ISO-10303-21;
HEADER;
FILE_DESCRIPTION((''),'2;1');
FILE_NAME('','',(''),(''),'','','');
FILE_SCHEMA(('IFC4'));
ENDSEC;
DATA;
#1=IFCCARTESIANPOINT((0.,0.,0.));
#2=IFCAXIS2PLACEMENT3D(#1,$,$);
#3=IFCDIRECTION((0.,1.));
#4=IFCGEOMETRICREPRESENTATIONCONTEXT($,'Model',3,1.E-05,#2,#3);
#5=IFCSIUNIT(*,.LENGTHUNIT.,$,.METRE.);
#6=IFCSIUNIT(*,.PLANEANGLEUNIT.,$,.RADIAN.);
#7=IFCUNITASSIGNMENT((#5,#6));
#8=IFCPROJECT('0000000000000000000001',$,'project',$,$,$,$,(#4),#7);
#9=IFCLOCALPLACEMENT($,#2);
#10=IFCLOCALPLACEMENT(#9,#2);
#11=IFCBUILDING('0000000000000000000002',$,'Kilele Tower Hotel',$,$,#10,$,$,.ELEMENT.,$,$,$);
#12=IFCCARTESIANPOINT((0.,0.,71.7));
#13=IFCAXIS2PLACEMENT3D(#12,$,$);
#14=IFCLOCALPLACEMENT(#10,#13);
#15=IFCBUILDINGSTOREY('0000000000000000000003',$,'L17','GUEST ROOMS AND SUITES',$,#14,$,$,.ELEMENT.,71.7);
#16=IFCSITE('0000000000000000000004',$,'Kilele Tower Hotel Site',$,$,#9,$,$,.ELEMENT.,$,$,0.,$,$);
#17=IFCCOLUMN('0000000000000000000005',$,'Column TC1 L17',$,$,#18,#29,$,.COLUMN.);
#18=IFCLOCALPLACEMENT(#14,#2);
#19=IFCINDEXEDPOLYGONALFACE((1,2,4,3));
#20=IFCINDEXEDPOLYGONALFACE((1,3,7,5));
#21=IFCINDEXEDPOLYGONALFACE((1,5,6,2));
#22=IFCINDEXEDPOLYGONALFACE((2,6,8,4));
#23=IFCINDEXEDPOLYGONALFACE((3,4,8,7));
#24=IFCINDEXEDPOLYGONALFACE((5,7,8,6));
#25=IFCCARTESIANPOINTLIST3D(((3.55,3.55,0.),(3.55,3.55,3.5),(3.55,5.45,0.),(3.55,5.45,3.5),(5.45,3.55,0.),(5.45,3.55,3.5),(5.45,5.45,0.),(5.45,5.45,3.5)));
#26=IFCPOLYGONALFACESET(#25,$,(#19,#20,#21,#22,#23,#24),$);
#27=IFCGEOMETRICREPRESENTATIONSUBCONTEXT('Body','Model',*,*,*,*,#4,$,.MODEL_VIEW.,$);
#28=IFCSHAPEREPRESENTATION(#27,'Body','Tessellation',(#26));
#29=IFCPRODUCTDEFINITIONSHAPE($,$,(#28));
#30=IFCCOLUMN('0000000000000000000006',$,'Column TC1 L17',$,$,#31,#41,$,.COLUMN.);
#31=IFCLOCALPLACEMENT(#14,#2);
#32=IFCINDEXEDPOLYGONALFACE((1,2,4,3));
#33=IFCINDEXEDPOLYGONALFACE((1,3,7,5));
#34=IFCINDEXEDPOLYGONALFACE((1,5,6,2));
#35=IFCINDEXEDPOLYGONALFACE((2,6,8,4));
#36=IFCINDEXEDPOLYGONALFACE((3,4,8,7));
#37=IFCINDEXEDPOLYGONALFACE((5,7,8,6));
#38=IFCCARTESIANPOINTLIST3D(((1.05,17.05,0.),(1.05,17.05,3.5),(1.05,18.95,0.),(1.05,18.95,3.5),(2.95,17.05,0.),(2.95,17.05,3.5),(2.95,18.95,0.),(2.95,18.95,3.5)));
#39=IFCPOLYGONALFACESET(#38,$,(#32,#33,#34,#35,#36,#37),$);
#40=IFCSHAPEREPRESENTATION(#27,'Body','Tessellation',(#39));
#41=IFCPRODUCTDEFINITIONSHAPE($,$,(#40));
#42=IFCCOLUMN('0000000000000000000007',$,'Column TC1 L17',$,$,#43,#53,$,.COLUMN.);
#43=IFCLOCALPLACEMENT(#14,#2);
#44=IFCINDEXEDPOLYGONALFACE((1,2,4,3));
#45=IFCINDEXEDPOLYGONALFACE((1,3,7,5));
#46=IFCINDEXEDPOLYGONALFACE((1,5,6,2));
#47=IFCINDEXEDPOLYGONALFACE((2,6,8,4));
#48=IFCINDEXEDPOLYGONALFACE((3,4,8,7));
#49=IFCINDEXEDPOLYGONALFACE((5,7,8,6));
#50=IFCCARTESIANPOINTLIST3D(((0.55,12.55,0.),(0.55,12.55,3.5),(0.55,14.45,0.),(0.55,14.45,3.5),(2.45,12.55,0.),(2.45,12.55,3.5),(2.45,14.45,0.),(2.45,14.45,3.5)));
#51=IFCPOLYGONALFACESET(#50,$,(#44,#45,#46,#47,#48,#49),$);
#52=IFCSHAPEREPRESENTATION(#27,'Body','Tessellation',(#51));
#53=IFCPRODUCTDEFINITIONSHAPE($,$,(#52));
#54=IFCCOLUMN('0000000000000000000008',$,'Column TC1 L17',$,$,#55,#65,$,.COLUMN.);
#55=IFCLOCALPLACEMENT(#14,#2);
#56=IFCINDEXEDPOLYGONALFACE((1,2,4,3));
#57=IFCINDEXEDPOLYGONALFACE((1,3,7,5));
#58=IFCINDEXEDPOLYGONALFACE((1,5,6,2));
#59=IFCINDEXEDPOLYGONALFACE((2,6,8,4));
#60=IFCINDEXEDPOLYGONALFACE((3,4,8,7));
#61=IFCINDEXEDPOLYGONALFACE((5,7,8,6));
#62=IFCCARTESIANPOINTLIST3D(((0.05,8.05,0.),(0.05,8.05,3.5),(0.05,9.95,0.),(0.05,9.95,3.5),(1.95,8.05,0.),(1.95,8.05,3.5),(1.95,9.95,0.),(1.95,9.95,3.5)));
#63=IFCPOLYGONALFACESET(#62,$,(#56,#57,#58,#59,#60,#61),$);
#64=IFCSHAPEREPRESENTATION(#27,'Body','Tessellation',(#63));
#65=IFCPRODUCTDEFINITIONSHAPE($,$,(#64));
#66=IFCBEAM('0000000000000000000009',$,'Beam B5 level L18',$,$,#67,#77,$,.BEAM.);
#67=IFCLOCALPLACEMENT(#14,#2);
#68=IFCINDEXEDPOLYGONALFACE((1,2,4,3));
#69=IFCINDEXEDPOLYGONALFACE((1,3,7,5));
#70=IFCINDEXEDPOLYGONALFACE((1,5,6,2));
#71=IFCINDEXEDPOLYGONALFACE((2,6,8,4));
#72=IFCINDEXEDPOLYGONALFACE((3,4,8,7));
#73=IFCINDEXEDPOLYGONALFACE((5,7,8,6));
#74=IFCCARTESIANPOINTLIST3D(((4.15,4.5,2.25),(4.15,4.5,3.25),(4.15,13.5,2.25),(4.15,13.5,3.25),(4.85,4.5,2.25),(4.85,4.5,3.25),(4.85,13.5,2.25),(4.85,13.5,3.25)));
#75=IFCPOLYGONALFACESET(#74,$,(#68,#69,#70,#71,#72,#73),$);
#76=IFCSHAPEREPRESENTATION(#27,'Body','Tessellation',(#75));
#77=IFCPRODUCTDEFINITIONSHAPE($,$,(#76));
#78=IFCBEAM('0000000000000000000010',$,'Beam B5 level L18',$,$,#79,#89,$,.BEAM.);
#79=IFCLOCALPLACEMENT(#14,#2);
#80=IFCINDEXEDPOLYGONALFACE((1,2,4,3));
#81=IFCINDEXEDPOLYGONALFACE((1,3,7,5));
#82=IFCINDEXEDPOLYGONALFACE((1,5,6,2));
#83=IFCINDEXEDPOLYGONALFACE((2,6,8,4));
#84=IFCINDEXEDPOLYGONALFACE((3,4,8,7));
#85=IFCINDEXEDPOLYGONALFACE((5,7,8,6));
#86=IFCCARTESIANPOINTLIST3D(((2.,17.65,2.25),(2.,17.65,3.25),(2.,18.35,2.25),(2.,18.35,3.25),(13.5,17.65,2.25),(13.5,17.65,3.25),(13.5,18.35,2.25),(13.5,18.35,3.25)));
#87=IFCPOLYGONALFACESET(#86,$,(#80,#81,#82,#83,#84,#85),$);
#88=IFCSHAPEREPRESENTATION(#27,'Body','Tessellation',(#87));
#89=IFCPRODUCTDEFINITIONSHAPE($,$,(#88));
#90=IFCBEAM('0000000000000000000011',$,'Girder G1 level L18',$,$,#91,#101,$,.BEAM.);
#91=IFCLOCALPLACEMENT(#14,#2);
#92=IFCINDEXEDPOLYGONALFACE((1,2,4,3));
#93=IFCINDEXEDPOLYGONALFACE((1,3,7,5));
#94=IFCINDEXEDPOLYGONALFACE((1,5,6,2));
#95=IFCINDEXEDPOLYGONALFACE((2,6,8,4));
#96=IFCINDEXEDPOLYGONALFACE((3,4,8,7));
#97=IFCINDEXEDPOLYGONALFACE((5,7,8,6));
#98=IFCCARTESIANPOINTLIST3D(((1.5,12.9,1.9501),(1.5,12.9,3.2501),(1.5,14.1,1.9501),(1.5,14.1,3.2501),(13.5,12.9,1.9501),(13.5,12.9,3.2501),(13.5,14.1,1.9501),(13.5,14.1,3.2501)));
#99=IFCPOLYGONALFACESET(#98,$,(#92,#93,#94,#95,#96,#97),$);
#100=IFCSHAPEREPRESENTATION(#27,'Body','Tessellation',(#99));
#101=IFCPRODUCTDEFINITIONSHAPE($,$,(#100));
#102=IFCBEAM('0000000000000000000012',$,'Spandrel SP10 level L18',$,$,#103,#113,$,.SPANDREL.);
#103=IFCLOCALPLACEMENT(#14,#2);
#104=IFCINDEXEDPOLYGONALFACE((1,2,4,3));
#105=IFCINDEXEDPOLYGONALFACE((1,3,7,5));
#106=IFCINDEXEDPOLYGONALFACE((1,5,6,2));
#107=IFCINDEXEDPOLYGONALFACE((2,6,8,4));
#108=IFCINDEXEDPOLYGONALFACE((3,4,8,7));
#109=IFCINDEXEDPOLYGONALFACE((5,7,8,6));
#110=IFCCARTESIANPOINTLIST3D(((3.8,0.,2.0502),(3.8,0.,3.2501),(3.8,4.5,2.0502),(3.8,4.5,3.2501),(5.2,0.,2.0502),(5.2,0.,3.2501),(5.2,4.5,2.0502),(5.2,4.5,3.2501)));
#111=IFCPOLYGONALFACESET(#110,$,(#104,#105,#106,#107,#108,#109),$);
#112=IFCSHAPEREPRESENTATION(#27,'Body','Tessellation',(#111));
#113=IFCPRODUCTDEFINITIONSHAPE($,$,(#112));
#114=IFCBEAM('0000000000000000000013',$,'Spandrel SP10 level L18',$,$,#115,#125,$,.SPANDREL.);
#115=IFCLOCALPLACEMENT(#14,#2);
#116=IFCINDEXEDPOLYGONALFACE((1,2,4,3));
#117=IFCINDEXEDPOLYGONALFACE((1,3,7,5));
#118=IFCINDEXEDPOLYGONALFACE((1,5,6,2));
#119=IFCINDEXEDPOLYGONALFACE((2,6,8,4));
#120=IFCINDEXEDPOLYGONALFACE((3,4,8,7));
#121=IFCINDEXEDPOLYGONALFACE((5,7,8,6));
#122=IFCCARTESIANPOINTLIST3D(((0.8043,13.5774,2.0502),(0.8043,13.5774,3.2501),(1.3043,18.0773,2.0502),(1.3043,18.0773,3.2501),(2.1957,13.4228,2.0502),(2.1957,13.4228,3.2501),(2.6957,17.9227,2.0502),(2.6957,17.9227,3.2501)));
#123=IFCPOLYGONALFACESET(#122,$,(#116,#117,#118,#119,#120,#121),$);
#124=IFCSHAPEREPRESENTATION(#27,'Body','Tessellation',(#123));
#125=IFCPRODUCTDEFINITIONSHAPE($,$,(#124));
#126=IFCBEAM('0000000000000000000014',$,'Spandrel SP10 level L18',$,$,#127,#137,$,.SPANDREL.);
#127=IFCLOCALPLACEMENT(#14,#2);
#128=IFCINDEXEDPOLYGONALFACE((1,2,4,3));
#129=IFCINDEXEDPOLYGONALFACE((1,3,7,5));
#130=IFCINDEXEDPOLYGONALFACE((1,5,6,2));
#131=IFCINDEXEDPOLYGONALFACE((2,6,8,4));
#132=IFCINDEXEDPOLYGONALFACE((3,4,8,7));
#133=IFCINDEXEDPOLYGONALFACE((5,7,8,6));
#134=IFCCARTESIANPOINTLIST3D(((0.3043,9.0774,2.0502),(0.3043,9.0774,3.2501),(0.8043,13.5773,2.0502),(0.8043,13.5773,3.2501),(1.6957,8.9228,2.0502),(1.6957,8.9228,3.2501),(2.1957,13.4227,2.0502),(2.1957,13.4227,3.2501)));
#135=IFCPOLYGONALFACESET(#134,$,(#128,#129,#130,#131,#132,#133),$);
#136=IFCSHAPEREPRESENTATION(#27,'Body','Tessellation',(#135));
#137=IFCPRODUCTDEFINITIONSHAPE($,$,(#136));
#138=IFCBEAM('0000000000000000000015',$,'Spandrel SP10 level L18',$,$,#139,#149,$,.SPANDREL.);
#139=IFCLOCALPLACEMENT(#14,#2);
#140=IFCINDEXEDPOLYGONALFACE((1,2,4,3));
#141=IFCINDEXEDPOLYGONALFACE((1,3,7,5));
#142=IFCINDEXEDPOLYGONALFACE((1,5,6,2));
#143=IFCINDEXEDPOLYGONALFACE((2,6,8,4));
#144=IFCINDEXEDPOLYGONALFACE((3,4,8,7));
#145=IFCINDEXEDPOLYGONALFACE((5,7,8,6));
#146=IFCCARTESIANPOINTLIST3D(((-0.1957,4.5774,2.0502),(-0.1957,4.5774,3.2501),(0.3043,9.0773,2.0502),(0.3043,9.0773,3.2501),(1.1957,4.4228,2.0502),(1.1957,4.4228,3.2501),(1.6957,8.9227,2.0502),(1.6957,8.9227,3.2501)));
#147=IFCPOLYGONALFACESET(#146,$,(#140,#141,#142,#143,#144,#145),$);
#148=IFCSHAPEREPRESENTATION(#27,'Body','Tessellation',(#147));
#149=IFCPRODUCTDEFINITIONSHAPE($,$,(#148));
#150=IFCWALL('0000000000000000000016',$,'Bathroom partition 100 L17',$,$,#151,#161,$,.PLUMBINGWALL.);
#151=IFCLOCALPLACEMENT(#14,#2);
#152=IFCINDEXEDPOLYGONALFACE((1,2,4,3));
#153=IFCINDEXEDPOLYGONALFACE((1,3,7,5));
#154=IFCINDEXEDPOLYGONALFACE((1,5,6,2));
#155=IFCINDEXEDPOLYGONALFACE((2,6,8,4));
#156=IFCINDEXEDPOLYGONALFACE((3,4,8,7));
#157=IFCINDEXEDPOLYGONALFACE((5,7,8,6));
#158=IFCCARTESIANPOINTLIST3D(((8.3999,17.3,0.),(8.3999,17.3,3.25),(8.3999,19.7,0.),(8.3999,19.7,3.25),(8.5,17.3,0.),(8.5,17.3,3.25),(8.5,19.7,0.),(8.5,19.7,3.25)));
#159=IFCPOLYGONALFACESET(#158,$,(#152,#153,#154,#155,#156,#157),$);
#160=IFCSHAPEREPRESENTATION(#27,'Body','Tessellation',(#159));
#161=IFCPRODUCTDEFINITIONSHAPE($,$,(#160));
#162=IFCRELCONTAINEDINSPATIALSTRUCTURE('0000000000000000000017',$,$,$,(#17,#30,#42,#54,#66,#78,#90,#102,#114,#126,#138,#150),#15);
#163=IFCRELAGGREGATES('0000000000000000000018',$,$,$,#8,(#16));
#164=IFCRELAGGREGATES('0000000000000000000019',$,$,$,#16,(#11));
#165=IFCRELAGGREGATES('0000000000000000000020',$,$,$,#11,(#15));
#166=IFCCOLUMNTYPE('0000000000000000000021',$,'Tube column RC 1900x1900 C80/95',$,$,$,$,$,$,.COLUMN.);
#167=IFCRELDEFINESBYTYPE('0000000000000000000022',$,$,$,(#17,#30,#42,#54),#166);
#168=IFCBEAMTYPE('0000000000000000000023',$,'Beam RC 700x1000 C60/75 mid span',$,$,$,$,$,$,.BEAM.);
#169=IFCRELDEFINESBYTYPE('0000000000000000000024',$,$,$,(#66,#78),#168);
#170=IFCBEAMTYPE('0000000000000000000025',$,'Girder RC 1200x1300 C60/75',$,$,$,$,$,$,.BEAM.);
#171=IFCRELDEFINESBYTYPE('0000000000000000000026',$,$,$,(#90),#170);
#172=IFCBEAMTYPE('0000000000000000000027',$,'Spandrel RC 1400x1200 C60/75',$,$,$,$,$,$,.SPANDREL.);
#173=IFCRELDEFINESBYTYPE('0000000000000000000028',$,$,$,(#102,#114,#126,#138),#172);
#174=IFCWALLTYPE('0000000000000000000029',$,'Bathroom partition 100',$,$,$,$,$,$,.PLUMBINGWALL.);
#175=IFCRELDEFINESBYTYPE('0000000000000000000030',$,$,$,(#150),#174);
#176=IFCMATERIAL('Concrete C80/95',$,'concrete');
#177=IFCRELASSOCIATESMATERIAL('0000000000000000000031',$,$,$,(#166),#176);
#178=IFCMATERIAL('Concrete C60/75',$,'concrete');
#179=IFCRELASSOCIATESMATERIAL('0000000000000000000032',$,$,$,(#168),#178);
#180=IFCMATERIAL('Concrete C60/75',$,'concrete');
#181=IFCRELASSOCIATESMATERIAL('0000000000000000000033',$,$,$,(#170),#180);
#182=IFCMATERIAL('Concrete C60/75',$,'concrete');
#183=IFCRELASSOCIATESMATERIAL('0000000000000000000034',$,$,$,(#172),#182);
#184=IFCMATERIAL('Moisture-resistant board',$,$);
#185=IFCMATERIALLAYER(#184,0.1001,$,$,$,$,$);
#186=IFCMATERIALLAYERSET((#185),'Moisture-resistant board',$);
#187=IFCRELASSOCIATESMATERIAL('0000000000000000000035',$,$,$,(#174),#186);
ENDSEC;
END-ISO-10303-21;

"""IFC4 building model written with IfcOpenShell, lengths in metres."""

from ifc_helpers import new_model, si_unit, direction, frame, frame_2d, origin, origin_2d, place, context, subcontext, project, spatial, rectangle, extrude, material, layer, layer_set, material_profile, profile_set, type_object, element, save


model = new_model("IFC4")

# Units and contexts
model_context = context("Model", 3, precision=1e-05, world=origin(), true_north=direction((0.0, 1.0)))
body_context = subcontext(model_context, "Body", "Model", "MODEL_VIEW")
ifc_project = project(units=[si_unit("LENGTHUNIT", "METRE"), si_unit("PLANEANGLEUNIT", "RADIAN")], contexts=[model_context])

# Site, building, storey
site_placement = place(None, origin())
site = spatial("IfcSite", under=ifc_project, at=site_placement, Name="Kilele Tower Hotel Site", CompositionType="ELEMENT", RefElevation=0.0)
building_placement = place(site_placement, origin())
building = spatial("IfcBuilding", under=site, at=building_placement, Name="Kilele Tower Hotel", CompositionType="ELEMENT")
storey_placement = place(building_placement, frame((0.0, 0.0, 71.7)))
storey = spatial("IfcBuildingStorey", under=building, at=storey_placement, Name="L17", Description="GUEST ROOMS AND SUITES", CompositionType="ELEMENT", Elevation=71.7)

# Columns
ifc_material_1 = material(Name="Concrete C80/95", Category="concrete")
ifc_material_profile_1 = material_profile(ifc_material_1, rectangle(XDim=1.8999, YDim=1.8999, at=origin_2d()))
ifc_profile_set_1 = profile_set([ifc_material_profile_1], Name="Concrete C80/95")
column_type = type_object("IfcColumnType", Name="Tube column RC 1900x1900 C80/95", PredefinedType="COLUMN", material=ifc_profile_set_1)
for number, where, z_axis, x_axis, name in (
    (1, (4.5, 4.5, 0.0), (0.0, 0.0, 1.0), (1.0, 0.0, 0.0), "Column TC1 L17"),
    (2, (2.0, 18.0, 0.0), (0.0, 0.0, 1.0), (1.0, 0.0, 0.0), "Column TC1 L17"),
    (3, (1.5, 13.5, 0.0), (0.0, 0.0, 1.0), (1.0, 0.0, 0.0), "Column TC1 L17"),
    (4, (1.0, 9.0, 0.0), (0.0, 0.0, 1.0), (1.0, 0.0, 0.0), "Column TC1 L17"),
):
    element("IfcColumn", number, at=place(storey_placement, frame(where, z_axis=z_axis, x_axis=x_axis)), inside=storey, type_object=column_type, Name=name, PredefinedType="COLUMN", context=body_context, shape_type="SweptSolid", body=[
        extrude(rectangle(XDim=1.8999, YDim=1.8999, at=origin_2d()), origin(), (0.0, 0.0, 1.0), 3.5),
    ])

# Beams
ifc_material_2 = material(Name="Concrete C60/75", Category="concrete")
ifc_material_profile_2 = material_profile(ifc_material_2, rectangle(XDim=0.7, YDim=1.0, at=origin_2d()))
ifc_profile_set_2 = profile_set([ifc_material_profile_2], Name="Concrete C60/75")
beam_type_1 = type_object("IfcBeamType", Name="Beam RC 700x1000 C60/75 mid span", PredefinedType="BEAM", material=ifc_profile_set_2)
beam_1_placement = place(storey_placement, frame((4.5, 4.5, 2.75), z_axis=(0.0, 1.0, 0.0), x_axis=(-1.0, 0.0, 0.0)))
element("IfcBeam", 5, at=beam_1_placement, inside=storey, type_object=beam_type_1, Name="Beam B5 level L18", PredefinedType="BEAM", context=body_context, shape_type="SweptSolid", body=[
    extrude(rectangle(XDim=0.7, YDim=1.0, at=origin_2d()), origin(), (0.0, 0.0, 1.0), 9.0),
])
beam_2_placement = place(storey_placement, frame((2.0, 18.0, 2.75), z_axis=(1.0, 0.0, 0.0), x_axis=(0.0, 1.0, 0.0)))
element("IfcBeam", 6, at=beam_2_placement, inside=storey, type_object=beam_type_1, Name="Beam B5 level L18", PredefinedType="BEAM", context=body_context, shape_type="SweptSolid", body=[
    extrude(rectangle(XDim=0.7, YDim=1.0, at=origin_2d()), origin(), (0.0, 0.0, 1.0), 11.5),
])
ifc_material_3 = material(Name="Concrete C60/75", Category="concrete")
ifc_material_profile_3 = material_profile(ifc_material_3, rectangle(XDim=1.2, YDim=1.3, at=origin_2d()))
ifc_profile_set_3 = profile_set([ifc_material_profile_3], Name="Concrete C60/75")
beam_type_2 = type_object("IfcBeamType", Name="Girder RC 1200x1300 C60/75", PredefinedType="BEAM", material=ifc_profile_set_3)
beam_3_placement = place(storey_placement, frame((1.5, 13.5, 2.6001), z_axis=(1.0, 0.0, 0.0), x_axis=(0.0, 1.0, 0.0)))
element("IfcBeam", 7, at=beam_3_placement, inside=storey, type_object=beam_type_2, Name="Girder G1 level L18", PredefinedType="BEAM", context=body_context, shape_type="SweptSolid", body=[
    extrude(rectangle(XDim=1.2, YDim=1.3, at=origin_2d()), origin(), (0.0, 0.0, 1.0), 12.0),
])
ifc_material_4 = material(Name="Concrete C60/75", Category="concrete")
ifc_material_profile_4 = material_profile(ifc_material_4, rectangle(XDim=1.3999, YDim=1.2, at=origin_2d()))
ifc_profile_set_4 = profile_set([ifc_material_profile_4], Name="Concrete C60/75")
beam_type_3 = type_object("IfcBeamType", Name="Spandrel RC 1400x1200 C60/75", PredefinedType="SPANDREL", material=ifc_profile_set_4)
beam_4_placement = place(storey_placement, frame((4.5, 4.5, 2.6501), z_axis=(0.0, -1.0, 0.0), x_axis=(1.0, 0.0, 0.0)))
element("IfcBeam", 8, at=beam_4_placement, inside=storey, type_object=beam_type_3, Name="Spandrel SP10 level L18", PredefinedType="SPANDREL", context=body_context, shape_type="SweptSolid", body=[
    extrude(rectangle(XDim=1.3999, YDim=1.2, at=origin_2d()), origin(), (0.0, 0.0, 1.0), 4.5),
])
for number, where, z_axis, x_axis, name in (
    (9, (2.0, 18.0, 2.6501), (-0.110432, -0.993884, 0.0), (0.993884, -0.110432, 0.0), "Spandrel SP10 level L18"),
    (10, (1.5, 13.5, 2.6501), (-0.110432, -0.993884, 0.0), (0.993884, -0.110432, 0.0), "Spandrel SP10 level L18"),
    (11, (1.0, 9.0, 2.6501), (-0.110432, -0.993884, 0.0), (0.993884, -0.110432, 0.0), "Spandrel SP10 level L18"),
):
    element("IfcBeam", number, at=place(storey_placement, frame(where, z_axis=z_axis, x_axis=x_axis)), inside=storey, type_object=beam_type_3, Name=name, PredefinedType="SPANDREL", context=body_context, shape_type="SweptSolid", body=[
        extrude(rectangle(XDim=1.3999, YDim=1.2, at=origin_2d()), origin(), (0.0, 0.0, 1.0), 4.5276),
    ])

# Wall
ifc_material_5 = material(Name="Moisture-resistant board")
ifc_layer_1 = layer(ifc_material_5, 0.1001)
ifc_layer_set_1 = layer_set([ifc_layer_1], Name="Moisture-resistant board")
wall_type_1 = type_object("IfcWallType", Name="Bathroom partition 100", PredefinedType="PLUMBINGWALL", material=ifc_layer_set_1)
wall_1_placement = place(storey_placement, frame((8.45, 17.3, 0.0), z_axis=(0.0, 0.0, 1.0), x_axis=(0.0, 1.0, 0.0)))
element("IfcWall", 12, at=wall_1_placement, inside=storey, type_object=wall_type_1, Name="Bathroom partition 100 L17", PredefinedType="PLUMBINGWALL", context=body_context, shape_type="SweptSolid", body=[
    extrude(rectangle(XDim=2.3999, YDim=0.1001, at=frame_2d((1.2, 0.0))), origin(), (0.0, 0.0, 1.0), 3.25),
])

save(model, "model.ifc")
